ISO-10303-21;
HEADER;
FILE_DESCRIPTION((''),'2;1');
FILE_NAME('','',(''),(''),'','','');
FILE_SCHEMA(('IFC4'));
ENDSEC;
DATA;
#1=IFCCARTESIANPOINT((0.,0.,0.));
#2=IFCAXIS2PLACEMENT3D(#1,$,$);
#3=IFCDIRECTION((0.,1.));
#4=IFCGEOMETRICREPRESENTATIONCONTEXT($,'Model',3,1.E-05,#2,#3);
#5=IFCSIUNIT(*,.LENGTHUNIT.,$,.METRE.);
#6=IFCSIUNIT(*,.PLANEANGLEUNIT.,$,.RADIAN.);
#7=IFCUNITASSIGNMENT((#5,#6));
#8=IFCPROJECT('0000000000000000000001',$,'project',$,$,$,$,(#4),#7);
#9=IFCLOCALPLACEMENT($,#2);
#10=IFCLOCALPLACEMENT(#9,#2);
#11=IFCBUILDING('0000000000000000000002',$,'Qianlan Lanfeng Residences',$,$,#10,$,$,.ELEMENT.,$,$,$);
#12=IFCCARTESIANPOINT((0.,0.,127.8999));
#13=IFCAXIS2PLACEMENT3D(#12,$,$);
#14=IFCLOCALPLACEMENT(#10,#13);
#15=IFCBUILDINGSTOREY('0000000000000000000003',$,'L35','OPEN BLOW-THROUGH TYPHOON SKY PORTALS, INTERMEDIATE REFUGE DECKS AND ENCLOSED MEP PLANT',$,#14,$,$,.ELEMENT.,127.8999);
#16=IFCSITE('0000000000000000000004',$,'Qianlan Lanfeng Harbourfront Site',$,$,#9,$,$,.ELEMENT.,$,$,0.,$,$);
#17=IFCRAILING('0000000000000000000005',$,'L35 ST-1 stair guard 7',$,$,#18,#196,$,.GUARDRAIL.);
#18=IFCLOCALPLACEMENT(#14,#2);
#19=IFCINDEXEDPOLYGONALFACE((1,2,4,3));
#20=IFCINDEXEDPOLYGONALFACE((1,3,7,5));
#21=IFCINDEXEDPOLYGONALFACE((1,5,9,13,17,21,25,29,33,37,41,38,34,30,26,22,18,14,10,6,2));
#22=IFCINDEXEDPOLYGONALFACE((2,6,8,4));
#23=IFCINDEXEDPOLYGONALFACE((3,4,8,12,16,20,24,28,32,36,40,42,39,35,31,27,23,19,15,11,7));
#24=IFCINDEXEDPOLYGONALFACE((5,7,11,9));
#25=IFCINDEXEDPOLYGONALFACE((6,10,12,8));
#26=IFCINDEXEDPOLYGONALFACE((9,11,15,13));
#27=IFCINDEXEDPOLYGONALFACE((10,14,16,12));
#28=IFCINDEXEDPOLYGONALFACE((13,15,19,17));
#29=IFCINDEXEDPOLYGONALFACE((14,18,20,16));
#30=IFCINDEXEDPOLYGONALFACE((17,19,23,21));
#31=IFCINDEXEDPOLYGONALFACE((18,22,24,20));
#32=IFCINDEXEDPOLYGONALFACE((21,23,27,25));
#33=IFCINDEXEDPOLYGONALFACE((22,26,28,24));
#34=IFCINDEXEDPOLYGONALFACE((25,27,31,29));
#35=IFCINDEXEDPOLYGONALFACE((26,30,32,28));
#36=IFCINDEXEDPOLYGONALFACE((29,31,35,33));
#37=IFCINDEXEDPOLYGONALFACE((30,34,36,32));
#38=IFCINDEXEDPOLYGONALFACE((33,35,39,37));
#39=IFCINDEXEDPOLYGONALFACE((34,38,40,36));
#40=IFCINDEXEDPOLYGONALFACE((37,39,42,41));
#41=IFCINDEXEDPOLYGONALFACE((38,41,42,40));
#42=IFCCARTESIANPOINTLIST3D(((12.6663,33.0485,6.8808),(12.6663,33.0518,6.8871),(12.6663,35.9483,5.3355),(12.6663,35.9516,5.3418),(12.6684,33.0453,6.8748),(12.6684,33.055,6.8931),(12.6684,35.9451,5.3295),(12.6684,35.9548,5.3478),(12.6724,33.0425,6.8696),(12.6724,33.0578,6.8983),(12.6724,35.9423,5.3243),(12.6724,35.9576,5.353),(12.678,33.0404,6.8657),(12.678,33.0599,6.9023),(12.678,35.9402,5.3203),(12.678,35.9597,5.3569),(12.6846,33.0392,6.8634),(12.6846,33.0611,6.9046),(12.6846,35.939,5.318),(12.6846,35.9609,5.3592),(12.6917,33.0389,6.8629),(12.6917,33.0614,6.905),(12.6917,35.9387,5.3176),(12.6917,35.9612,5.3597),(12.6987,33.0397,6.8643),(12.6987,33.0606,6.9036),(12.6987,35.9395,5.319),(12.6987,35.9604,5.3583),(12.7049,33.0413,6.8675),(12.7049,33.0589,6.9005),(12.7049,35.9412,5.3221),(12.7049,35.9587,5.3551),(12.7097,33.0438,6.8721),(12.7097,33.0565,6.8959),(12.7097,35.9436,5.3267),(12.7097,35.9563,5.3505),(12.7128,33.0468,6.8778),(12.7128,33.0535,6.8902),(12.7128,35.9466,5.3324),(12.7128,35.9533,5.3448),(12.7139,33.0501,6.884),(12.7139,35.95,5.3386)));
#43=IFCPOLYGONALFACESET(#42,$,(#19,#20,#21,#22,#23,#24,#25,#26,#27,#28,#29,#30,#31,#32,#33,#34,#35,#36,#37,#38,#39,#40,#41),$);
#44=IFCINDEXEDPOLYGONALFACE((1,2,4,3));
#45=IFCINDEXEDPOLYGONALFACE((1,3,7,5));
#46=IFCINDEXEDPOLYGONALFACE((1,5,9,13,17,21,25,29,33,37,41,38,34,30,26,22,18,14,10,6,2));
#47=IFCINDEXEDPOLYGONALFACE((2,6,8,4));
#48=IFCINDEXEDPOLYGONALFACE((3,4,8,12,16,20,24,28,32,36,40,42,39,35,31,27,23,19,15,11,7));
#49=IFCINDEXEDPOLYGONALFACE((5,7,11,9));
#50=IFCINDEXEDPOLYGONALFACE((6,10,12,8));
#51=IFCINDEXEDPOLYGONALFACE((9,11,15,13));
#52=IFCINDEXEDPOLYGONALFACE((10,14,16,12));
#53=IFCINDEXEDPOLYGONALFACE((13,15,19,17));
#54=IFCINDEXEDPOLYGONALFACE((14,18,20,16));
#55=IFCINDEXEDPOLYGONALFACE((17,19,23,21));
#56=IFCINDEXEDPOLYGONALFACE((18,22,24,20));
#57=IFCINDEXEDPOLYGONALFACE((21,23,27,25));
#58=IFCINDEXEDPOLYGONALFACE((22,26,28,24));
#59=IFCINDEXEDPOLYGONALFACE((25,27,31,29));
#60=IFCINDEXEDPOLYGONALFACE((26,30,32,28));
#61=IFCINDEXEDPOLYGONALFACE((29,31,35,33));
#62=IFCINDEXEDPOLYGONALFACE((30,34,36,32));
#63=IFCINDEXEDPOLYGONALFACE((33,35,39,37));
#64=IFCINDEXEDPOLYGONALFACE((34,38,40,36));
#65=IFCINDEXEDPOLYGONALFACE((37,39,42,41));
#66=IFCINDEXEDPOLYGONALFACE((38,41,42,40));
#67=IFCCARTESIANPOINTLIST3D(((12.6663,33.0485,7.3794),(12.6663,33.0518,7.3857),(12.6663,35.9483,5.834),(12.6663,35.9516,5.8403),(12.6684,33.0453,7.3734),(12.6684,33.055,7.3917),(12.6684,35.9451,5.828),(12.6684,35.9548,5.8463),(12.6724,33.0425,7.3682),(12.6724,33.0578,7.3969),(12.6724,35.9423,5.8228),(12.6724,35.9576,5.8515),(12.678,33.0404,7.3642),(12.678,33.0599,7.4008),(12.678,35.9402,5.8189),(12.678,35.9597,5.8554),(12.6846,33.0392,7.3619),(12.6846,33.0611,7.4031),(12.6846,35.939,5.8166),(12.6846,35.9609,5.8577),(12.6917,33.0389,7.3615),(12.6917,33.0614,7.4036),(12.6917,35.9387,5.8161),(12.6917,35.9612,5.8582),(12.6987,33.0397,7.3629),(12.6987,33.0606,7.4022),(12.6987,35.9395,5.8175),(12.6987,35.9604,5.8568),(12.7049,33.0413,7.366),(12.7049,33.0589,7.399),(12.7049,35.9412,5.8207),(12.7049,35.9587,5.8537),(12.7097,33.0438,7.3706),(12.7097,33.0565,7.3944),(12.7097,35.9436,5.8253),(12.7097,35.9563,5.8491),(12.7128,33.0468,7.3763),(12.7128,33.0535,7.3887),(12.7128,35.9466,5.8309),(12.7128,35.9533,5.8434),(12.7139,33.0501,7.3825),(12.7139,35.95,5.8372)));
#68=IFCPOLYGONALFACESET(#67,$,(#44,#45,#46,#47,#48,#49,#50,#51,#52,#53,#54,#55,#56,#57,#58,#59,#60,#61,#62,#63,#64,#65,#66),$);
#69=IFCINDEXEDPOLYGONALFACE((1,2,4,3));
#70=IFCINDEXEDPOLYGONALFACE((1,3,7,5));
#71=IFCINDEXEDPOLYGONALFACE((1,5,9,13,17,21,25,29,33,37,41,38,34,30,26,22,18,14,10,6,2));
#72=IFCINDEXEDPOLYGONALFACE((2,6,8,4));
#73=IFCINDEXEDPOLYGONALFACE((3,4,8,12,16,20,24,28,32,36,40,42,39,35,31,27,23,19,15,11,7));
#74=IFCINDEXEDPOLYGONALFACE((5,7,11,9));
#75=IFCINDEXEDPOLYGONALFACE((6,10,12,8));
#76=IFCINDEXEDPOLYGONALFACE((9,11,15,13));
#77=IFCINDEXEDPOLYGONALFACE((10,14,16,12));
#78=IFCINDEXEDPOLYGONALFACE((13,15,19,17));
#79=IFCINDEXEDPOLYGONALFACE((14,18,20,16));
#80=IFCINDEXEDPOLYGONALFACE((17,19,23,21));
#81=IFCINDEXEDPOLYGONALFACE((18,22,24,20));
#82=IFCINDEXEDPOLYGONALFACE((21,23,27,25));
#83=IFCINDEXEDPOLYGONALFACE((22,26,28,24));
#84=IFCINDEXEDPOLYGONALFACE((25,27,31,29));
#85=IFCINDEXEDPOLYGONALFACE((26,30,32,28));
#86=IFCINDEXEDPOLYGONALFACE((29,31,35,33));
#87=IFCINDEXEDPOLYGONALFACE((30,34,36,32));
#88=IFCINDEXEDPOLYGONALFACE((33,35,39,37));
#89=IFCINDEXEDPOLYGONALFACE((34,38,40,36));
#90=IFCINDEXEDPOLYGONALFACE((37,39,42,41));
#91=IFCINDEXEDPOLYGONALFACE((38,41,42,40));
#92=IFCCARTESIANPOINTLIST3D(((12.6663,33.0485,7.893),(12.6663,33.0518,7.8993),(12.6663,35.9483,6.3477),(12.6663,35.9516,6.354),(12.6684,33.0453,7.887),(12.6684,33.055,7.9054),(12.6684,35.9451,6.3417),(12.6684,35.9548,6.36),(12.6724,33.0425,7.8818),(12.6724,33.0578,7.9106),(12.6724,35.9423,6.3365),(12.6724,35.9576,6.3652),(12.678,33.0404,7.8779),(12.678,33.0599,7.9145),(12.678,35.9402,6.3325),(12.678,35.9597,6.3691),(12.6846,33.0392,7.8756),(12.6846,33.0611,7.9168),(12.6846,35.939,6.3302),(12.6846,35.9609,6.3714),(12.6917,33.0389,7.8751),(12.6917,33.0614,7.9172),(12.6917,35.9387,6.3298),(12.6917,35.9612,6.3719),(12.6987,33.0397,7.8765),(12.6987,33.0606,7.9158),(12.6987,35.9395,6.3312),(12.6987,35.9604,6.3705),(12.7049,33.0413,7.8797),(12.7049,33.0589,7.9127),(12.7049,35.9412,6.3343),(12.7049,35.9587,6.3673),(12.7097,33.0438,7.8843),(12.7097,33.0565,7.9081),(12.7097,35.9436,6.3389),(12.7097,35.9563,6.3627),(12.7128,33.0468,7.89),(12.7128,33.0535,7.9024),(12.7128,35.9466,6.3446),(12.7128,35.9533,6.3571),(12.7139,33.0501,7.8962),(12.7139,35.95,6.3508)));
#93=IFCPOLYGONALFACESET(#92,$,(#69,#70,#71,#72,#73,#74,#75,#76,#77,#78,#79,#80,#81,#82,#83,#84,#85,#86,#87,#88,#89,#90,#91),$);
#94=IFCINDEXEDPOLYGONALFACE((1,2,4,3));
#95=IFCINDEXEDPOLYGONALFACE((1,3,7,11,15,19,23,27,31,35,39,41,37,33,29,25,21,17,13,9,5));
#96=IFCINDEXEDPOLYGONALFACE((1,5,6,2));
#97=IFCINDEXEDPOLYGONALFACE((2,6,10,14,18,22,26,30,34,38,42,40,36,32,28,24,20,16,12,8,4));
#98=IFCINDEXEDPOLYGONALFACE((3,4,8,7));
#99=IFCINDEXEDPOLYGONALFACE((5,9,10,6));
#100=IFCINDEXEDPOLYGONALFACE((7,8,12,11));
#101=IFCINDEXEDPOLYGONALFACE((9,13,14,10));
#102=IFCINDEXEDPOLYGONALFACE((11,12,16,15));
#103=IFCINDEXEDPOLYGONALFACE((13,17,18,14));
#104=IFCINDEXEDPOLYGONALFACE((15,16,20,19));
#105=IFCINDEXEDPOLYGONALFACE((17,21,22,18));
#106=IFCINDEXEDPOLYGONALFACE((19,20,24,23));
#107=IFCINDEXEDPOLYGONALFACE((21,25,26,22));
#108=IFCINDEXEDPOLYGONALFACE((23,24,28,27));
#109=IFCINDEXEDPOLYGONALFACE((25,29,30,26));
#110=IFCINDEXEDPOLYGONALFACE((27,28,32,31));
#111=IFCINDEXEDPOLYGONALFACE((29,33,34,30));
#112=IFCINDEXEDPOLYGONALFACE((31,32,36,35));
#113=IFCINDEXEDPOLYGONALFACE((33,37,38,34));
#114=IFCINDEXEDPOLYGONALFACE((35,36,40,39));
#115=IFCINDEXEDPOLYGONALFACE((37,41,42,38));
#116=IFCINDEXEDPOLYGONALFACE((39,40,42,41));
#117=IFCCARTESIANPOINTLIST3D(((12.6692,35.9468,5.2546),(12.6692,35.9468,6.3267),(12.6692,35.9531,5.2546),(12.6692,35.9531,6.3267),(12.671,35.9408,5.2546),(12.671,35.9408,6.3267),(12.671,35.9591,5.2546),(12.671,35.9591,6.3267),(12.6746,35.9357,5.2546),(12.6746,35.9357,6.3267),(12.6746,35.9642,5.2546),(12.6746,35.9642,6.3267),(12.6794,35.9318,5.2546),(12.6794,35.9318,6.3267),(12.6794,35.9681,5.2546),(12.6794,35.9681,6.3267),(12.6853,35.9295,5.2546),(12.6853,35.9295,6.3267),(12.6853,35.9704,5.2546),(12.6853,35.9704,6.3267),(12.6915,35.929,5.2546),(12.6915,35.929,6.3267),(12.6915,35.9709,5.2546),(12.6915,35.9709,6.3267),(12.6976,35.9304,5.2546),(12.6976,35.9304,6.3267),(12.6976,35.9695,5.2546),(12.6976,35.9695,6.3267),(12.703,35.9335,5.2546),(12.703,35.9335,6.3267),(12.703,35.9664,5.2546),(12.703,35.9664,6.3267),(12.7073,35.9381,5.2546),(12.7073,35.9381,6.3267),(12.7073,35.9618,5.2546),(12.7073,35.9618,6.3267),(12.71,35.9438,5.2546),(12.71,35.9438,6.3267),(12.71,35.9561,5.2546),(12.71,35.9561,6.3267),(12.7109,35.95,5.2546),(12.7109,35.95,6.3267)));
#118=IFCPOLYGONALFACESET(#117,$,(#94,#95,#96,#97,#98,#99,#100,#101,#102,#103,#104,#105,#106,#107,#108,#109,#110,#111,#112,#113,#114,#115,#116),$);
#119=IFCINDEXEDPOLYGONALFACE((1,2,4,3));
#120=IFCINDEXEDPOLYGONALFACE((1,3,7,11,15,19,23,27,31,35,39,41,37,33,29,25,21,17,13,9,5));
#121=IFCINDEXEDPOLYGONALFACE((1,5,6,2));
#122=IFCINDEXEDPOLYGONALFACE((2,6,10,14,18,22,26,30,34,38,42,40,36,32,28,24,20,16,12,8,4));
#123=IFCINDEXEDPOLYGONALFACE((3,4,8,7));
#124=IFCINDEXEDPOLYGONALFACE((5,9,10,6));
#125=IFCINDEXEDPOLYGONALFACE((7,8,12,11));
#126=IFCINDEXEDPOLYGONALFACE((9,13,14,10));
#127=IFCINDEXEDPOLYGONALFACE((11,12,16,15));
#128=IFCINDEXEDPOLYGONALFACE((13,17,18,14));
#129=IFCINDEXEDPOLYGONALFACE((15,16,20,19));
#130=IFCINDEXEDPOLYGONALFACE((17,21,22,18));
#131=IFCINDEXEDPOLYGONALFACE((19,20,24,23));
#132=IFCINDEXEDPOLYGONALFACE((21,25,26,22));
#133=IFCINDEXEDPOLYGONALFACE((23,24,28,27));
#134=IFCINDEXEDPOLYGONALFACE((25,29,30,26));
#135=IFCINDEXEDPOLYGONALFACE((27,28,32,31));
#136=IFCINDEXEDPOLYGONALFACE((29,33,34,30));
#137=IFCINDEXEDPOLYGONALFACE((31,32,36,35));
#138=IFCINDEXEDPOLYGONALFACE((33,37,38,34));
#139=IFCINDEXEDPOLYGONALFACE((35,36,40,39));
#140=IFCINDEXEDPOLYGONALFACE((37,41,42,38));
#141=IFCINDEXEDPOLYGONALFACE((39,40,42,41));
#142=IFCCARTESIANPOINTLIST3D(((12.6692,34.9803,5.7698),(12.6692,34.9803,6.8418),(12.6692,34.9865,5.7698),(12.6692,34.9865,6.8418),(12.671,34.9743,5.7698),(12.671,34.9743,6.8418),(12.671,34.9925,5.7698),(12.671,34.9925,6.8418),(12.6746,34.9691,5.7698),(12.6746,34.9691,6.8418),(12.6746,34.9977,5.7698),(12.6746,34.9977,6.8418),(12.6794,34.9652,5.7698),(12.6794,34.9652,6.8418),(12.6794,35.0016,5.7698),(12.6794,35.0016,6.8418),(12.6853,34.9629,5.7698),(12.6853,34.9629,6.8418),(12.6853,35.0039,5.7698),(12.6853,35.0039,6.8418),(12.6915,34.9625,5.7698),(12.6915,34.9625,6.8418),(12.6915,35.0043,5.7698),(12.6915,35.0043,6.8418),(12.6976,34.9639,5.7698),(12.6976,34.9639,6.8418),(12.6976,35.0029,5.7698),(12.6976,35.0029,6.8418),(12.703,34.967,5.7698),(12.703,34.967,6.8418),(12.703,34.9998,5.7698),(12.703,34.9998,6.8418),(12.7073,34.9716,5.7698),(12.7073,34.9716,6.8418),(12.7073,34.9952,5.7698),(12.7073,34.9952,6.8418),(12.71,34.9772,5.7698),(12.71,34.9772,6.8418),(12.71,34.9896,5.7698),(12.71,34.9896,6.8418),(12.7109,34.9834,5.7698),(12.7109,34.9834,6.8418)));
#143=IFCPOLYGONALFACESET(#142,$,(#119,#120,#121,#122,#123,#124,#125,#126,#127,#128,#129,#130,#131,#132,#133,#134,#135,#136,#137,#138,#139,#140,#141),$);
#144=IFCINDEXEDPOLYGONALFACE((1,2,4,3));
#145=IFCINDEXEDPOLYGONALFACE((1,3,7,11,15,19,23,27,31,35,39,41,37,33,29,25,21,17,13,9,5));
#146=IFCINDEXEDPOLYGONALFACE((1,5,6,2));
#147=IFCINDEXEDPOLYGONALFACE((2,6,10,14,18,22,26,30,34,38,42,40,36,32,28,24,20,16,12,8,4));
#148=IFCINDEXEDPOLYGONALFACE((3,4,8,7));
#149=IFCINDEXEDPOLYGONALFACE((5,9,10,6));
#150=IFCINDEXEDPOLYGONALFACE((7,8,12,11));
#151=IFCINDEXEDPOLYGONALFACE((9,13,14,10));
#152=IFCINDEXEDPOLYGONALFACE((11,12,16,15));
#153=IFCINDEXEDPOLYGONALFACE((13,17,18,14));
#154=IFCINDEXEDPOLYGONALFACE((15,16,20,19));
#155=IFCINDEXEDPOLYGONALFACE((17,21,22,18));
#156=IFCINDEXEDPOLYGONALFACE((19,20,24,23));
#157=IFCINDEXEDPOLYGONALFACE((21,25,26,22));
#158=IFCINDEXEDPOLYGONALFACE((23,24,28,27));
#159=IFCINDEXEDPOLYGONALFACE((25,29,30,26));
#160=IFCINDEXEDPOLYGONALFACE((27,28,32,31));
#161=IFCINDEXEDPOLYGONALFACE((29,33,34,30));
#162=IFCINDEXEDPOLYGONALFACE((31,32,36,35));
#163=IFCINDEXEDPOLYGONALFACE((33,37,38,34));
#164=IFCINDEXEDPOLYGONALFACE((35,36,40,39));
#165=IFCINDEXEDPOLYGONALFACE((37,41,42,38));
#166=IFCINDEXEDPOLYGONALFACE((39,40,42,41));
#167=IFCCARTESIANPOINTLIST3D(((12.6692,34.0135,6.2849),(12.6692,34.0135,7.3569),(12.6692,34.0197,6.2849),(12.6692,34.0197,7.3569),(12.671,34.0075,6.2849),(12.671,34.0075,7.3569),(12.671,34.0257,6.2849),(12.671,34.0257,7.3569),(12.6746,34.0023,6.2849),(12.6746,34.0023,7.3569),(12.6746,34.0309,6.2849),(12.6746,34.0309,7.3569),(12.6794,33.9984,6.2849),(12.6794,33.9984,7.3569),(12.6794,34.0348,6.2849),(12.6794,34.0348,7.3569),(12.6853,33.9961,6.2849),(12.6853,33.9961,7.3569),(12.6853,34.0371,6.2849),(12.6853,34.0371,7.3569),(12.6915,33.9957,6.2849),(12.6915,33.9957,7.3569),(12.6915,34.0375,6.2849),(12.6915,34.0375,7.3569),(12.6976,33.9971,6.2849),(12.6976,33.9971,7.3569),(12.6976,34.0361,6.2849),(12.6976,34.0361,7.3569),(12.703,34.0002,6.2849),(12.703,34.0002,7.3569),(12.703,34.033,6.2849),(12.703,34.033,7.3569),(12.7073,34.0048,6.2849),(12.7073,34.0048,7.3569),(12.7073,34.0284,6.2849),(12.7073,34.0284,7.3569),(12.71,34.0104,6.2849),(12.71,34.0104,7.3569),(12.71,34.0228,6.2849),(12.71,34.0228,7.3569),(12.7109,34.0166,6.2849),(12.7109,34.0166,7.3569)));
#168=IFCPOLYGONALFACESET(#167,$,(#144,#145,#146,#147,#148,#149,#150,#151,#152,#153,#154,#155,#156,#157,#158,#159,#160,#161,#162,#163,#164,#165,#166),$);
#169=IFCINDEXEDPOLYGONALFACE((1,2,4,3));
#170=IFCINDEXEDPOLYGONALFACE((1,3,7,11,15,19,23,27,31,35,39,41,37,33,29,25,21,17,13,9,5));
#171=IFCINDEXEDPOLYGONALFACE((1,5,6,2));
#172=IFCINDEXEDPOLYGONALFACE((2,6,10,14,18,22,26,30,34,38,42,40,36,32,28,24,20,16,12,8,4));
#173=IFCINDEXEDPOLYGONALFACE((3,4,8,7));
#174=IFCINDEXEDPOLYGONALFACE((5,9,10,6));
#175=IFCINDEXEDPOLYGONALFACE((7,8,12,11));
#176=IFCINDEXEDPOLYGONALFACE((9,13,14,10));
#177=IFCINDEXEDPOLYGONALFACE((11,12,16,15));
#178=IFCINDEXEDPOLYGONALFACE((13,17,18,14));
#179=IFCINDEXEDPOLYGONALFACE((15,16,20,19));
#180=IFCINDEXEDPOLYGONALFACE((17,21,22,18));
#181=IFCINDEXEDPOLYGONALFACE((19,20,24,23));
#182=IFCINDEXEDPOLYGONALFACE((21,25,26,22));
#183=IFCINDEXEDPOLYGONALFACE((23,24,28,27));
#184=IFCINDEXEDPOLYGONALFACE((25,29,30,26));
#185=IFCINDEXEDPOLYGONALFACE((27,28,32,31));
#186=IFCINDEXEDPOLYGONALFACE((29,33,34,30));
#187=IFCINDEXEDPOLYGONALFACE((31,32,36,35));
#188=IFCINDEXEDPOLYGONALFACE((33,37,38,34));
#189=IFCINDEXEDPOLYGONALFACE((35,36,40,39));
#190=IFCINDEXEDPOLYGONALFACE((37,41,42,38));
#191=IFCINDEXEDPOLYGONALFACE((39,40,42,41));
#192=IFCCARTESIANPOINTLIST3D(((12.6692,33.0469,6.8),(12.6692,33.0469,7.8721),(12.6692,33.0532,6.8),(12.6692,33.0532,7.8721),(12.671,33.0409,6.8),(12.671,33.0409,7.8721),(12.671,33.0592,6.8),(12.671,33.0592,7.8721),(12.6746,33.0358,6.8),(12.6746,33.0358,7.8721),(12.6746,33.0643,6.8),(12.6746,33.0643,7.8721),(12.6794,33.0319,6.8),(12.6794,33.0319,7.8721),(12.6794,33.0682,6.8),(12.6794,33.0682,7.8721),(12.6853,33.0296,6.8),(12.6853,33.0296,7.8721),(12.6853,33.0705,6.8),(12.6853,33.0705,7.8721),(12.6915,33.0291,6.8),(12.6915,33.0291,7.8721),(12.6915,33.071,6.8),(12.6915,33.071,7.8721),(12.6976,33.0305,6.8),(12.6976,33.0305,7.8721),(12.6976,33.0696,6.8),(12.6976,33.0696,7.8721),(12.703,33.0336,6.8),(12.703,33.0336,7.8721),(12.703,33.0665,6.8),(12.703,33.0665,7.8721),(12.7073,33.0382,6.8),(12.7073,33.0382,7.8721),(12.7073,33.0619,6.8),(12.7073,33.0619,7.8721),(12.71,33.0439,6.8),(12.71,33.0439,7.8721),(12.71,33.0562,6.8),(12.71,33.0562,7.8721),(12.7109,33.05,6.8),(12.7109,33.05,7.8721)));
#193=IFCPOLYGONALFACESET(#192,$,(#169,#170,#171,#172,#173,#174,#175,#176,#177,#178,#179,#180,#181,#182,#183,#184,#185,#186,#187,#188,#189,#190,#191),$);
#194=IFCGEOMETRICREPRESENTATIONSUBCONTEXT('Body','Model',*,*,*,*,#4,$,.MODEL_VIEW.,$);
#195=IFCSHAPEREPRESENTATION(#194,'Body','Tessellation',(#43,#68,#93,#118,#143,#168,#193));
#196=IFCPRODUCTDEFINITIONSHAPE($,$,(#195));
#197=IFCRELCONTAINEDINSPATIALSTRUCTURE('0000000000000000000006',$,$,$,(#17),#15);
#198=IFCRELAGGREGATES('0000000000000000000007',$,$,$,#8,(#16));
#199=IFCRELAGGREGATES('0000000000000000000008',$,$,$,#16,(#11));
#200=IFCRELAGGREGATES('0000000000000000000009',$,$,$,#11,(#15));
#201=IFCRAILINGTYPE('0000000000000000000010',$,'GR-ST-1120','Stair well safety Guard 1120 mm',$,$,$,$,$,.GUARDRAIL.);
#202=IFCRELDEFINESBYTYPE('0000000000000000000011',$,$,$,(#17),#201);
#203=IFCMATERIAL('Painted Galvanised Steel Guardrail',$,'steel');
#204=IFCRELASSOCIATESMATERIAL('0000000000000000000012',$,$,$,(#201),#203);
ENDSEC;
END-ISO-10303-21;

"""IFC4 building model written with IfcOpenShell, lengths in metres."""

from ifc_helpers import new_model, si_unit, direction, frame, origin, origin_2d, place, context, subcontext, project, spatial, circle, extrude, material, type_object, element, save


model = new_model("IFC4")

# Units and contexts
model_context = context("Model", 3, precision=1e-05, world=origin(), true_north=direction((0.0, 1.0)))
body_context = subcontext(model_context, "Body", "Model", "MODEL_VIEW")
ifc_project = project(units=[si_unit("LENGTHUNIT", "METRE"), si_unit("PLANEANGLEUNIT", "RADIAN")], contexts=[model_context])

# Site, building, storey
site_placement = place(None, origin())
site = spatial("IfcSite", under=ifc_project, at=site_placement, Name="Qianlan Lanfeng Harbourfront Site", CompositionType="ELEMENT", RefElevation=0.0)
building_placement = place(site_placement, origin())
building = spatial("IfcBuilding", under=site, at=building_placement, Name="Qianlan Lanfeng Residences", CompositionType="ELEMENT")
storey_placement = place(building_placement, frame((0.0, 0.0, 127.8999)))
storey = spatial("IfcBuildingStorey", under=building, at=storey_placement, Name="L35", Description="OPEN BLOW-THROUGH TYPHOON SKY PORTALS, INTERMEDIATE REFUGE DECKS AND ENCLOSED MEP PLANT", CompositionType="ELEMENT", Elevation=127.8999)

# Railing
ifc_material_1 = material(Name="Painted Galvanised Steel Guardrail", Category="steel")
railing_type_1 = type_object("IfcRailingType", Name="GR-ST-1120", Description="Stair well safety Guard 1120 mm", PredefinedType="GUARDRAIL", material=ifc_material_1)
railing_1_placement = place(storey_placement, frame((12.6899, 35.95, 5.2546)))
element("IfcRailing", 1, at=railing_1_placement, inside=storey, type_object=railing_type_1, Name="L35 ST-1 stair guard 7", PredefinedType="GUARDRAIL", context=body_context, shape_type="SweptSolid", body=[
    extrude(circle(Radius=0.0239, at=origin_2d()), frame((0.0, 0.0, 0.084), z_axis=(0.0, -0.882505, 0.470303), x_axis=(1.0, 0.0, 0.0)), (0.0, 0.0, 1.0), 3.2859),
    extrude(circle(Radius=0.0239, at=origin_2d()), frame((0.0, 0.0, 0.5825), z_axis=(0.0, -0.882505, 0.470303), x_axis=(1.0, 0.0, 0.0)), (0.0, 0.0, 1.0), 3.2859),
    extrude(circle(Radius=0.0239, at=origin_2d()), frame((0.0, 0.0, 1.0962), z_axis=(0.0, -0.882505, 0.470303), x_axis=(1.0, 0.0, 0.0)), (0.0, 0.0, 1.0), 3.2859),
    extrude(circle(Radius=0.021, at=origin_2d()), origin(), (0.0, 0.0, 1.0), 1.072),
    extrude(circle(Radius=0.021, at=origin_2d()), frame((0.0, -0.9666, 0.5151)), (0.0, 0.0, 1.0), 1.072),
    extrude(circle(Radius=0.021, at=origin_2d()), frame((0.0, -1.9333, 1.0303)), (0.0, 0.0, 1.0), 1.072),
    extrude(circle(Radius=0.021, at=origin_2d()), frame((0.0, -2.8999, 1.5454)), (0.0, 0.0, 1.0), 1.072),
])

save(model, "model.ifc")
